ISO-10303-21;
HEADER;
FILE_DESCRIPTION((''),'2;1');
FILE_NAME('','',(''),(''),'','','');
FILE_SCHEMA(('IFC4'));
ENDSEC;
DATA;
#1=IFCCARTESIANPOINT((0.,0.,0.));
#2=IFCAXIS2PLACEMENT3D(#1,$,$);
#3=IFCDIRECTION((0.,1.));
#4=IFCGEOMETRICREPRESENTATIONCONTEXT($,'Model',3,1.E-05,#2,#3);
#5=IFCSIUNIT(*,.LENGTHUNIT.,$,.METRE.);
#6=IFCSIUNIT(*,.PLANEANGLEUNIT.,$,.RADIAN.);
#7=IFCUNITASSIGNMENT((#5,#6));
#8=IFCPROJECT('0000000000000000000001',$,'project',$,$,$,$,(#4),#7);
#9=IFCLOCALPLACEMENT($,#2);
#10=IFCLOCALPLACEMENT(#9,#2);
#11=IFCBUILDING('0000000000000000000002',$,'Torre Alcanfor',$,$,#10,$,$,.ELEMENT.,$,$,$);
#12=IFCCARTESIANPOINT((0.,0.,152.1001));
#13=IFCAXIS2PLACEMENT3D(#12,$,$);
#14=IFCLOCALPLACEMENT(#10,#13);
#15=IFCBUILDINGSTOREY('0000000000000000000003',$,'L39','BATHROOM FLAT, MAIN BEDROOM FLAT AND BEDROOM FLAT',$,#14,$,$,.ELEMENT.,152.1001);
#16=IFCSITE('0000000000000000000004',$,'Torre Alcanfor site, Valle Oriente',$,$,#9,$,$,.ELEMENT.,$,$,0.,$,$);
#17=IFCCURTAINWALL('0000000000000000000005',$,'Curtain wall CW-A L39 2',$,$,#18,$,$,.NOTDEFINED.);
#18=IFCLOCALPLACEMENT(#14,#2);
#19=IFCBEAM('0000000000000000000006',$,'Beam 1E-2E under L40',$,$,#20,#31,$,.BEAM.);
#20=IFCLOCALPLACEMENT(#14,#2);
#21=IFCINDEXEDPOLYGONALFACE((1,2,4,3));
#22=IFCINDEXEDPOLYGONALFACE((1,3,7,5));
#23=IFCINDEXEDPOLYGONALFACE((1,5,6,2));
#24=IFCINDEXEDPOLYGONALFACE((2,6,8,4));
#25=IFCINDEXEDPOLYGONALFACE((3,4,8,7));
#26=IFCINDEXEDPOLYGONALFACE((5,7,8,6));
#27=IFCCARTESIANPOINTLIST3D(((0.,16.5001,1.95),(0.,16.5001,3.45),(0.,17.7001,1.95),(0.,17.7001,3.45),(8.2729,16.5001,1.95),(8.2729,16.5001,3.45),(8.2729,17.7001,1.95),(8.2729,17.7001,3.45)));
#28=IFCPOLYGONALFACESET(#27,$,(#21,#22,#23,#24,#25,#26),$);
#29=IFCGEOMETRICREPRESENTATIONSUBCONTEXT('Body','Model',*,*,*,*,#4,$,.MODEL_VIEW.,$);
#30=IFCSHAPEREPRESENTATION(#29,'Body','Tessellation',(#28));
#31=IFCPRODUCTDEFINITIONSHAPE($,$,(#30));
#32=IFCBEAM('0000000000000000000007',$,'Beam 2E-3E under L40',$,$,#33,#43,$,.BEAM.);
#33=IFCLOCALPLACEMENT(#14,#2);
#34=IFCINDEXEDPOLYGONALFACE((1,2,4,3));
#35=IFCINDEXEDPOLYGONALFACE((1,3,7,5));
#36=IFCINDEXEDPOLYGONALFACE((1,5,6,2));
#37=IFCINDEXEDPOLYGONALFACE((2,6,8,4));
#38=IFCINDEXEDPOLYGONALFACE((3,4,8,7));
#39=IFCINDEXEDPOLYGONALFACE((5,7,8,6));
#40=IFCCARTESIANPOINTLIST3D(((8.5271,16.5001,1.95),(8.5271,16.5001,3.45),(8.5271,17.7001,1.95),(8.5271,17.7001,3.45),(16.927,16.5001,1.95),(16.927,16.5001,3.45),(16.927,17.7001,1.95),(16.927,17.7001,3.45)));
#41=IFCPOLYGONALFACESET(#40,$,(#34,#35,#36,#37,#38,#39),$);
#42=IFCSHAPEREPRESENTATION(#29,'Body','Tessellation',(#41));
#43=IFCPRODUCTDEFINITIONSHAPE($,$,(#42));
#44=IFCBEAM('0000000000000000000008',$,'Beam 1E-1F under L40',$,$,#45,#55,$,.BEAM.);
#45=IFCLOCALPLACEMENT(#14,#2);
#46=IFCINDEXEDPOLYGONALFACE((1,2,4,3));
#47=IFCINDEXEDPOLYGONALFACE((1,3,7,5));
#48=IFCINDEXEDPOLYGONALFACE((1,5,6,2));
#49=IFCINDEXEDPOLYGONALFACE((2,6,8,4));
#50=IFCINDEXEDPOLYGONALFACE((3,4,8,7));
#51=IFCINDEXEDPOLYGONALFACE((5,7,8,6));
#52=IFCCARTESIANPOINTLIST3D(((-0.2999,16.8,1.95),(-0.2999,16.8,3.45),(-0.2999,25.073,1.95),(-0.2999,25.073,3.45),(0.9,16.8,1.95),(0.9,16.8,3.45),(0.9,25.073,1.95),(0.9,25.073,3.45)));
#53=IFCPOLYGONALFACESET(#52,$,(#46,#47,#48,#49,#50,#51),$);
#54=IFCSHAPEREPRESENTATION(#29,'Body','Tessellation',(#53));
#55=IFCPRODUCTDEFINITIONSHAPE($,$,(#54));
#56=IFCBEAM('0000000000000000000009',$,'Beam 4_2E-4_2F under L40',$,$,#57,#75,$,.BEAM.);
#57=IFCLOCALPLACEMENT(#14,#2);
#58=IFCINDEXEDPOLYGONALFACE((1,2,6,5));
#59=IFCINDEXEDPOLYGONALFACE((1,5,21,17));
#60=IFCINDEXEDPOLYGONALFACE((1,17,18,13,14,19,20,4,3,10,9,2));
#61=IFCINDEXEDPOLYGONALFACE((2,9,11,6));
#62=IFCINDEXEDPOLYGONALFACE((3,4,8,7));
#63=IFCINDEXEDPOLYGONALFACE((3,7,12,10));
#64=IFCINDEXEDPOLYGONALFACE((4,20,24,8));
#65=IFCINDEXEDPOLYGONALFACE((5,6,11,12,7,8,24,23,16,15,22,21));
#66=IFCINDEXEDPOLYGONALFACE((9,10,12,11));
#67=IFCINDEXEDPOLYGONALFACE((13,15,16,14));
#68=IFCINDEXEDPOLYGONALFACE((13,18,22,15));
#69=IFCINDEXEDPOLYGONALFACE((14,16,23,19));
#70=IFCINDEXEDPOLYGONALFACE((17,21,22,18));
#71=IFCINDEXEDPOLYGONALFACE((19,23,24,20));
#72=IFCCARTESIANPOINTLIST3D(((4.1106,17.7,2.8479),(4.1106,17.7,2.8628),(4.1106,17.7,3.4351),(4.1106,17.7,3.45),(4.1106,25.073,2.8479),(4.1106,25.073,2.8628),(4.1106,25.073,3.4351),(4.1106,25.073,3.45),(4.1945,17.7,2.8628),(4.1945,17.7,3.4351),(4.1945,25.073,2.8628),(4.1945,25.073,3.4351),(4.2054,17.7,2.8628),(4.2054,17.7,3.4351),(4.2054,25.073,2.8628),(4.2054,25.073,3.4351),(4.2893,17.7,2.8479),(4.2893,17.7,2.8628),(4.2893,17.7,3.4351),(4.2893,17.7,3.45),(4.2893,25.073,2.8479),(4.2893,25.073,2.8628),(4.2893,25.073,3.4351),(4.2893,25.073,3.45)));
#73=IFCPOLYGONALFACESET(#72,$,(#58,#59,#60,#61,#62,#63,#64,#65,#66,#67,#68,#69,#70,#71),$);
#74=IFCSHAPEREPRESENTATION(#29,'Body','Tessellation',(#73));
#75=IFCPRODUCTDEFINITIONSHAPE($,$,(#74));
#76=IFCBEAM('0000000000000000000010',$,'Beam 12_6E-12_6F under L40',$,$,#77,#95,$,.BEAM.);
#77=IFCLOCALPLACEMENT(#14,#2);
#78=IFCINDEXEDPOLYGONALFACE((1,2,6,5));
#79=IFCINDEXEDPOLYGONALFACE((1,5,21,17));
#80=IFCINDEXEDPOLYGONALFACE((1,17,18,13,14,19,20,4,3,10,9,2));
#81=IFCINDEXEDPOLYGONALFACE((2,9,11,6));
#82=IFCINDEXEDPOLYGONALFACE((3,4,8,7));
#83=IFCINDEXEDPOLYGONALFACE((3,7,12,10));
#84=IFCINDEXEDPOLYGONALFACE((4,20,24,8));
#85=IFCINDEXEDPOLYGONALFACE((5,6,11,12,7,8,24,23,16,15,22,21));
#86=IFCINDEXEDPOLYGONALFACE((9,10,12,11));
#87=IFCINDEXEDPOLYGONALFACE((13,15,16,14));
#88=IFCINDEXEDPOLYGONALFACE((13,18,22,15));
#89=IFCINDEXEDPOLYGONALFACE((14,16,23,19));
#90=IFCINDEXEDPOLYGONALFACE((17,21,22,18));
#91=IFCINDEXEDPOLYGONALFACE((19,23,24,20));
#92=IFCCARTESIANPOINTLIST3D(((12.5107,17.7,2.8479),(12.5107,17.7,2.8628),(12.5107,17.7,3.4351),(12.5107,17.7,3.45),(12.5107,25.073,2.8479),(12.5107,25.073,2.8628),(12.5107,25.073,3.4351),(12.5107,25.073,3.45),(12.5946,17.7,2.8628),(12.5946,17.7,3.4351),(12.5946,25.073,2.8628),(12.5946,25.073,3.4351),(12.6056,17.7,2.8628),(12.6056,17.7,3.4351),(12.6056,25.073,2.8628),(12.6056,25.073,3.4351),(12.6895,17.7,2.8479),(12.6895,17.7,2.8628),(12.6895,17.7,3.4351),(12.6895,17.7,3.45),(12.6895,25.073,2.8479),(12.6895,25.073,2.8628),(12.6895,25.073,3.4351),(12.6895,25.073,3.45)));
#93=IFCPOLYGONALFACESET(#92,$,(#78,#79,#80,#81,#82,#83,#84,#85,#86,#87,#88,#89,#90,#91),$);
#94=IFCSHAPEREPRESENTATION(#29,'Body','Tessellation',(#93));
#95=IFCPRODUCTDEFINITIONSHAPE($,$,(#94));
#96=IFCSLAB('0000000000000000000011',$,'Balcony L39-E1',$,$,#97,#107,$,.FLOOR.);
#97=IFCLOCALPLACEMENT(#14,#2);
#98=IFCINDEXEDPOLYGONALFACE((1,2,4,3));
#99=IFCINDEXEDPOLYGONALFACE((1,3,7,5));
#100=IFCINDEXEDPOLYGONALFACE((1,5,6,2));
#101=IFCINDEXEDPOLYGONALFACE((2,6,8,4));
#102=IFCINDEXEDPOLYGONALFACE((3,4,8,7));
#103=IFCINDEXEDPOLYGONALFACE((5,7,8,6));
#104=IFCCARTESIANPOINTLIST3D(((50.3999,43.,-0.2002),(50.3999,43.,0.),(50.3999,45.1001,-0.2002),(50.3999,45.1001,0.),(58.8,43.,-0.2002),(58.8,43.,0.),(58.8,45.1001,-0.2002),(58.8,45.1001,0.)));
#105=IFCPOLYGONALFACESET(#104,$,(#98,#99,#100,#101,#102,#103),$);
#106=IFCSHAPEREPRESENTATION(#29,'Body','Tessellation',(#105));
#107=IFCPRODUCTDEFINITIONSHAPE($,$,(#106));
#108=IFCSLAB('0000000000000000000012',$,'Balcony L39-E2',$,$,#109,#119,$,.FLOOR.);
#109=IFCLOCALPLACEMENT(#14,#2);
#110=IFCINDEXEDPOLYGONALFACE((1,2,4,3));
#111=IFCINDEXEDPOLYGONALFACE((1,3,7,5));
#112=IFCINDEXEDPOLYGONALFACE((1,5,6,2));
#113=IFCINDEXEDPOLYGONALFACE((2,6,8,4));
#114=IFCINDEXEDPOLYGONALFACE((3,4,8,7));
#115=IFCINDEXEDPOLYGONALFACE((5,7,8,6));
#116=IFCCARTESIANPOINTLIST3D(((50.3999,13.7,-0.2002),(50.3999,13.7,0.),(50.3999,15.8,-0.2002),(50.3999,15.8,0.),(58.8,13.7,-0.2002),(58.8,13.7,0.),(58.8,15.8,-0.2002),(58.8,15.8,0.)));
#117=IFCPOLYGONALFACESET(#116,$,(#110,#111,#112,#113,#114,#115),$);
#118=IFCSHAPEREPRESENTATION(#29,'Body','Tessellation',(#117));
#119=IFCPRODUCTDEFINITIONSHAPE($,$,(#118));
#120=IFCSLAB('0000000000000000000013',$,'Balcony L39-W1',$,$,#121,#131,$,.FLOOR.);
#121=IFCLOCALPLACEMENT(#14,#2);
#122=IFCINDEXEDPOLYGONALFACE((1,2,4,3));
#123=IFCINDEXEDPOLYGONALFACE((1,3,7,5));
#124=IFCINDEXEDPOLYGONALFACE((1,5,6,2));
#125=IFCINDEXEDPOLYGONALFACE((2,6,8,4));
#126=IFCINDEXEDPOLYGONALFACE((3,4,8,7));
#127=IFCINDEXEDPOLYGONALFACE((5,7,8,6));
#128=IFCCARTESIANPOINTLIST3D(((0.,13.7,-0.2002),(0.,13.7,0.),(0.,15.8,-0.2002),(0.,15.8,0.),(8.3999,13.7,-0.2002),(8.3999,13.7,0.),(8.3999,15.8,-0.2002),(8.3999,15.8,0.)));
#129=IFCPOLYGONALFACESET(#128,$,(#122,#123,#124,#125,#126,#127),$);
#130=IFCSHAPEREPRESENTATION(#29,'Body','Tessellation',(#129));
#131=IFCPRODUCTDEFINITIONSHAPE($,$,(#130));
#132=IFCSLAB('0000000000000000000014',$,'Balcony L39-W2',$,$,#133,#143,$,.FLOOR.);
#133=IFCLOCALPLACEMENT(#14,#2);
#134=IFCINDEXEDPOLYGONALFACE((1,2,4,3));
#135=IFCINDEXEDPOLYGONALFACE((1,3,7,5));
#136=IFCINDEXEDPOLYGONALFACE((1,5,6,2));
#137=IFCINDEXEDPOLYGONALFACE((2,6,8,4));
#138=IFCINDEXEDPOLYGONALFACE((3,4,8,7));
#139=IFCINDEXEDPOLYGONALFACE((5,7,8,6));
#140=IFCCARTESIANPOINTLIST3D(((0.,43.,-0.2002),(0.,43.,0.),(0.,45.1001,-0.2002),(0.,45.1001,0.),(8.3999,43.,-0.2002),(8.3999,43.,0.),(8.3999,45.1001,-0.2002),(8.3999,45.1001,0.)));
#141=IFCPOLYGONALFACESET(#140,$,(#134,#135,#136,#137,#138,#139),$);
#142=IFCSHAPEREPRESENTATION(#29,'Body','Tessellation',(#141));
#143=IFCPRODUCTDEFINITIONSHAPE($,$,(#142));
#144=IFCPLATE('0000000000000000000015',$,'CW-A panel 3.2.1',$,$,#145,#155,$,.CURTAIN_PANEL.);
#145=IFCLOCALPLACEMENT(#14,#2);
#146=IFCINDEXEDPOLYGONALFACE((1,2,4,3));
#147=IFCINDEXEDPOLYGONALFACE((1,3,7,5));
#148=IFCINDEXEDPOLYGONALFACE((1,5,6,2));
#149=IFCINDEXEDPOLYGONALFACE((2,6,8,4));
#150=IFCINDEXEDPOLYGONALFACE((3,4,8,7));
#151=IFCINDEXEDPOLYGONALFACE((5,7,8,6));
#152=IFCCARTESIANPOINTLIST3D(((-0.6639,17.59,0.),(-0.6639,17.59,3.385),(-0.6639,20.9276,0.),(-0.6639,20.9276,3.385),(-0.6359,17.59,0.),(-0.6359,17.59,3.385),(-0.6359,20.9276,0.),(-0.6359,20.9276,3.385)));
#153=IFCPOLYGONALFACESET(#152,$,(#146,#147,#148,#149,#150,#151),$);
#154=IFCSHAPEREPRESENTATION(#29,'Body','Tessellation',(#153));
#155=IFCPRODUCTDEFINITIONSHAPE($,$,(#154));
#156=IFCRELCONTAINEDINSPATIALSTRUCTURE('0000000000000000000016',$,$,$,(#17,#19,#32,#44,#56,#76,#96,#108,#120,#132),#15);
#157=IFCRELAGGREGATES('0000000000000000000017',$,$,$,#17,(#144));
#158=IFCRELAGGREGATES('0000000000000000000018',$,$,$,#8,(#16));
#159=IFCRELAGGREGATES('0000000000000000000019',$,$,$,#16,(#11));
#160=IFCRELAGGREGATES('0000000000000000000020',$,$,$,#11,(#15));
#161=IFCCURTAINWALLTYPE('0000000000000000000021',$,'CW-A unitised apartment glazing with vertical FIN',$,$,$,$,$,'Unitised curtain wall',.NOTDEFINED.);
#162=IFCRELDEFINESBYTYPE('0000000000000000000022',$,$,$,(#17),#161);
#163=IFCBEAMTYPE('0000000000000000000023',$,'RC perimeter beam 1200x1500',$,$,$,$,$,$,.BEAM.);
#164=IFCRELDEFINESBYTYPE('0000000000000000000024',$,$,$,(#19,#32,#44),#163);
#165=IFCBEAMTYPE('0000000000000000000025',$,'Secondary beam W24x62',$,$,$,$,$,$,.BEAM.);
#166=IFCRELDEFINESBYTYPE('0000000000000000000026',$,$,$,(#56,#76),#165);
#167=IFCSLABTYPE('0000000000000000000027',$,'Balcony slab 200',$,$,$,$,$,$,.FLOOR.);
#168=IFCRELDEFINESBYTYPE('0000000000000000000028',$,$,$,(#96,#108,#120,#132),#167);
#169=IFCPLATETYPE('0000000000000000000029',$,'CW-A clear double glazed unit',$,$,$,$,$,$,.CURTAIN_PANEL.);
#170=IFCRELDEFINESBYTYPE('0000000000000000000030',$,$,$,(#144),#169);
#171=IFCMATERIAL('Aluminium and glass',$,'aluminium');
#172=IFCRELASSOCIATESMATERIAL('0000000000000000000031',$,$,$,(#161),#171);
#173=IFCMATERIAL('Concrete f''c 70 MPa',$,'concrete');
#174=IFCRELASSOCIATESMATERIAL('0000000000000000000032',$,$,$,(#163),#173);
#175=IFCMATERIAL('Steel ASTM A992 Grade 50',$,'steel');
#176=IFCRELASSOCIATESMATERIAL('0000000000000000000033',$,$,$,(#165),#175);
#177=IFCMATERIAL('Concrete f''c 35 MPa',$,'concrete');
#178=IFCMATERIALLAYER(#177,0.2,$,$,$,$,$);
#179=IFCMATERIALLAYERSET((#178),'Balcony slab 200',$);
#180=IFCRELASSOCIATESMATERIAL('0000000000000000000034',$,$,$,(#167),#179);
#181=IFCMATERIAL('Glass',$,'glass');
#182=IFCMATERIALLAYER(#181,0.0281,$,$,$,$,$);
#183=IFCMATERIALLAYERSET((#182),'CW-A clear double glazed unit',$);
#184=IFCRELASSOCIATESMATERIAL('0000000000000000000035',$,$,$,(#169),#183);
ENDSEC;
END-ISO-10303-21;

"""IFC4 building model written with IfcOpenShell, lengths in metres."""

from ifc_helpers import new_model, si_unit, direction, frame, origin, origin_2d, place, context, subcontext, project, spatial, polyline, rectangle, i_section, outline, extrude, material, layer, layer_set, material_profile, profile_set, type_object, element, aggregate, save


model = new_model("IFC4")

# Units and contexts
model_context = context("Model", 3, precision=1e-05, world=origin(), true_north=direction((0.0, 1.0)))
body_context = subcontext(model_context, "Body", "Model", "MODEL_VIEW")
ifc_project = project(units=[si_unit("LENGTHUNIT", "METRE"), si_unit("PLANEANGLEUNIT", "RADIAN")], contexts=[model_context])

# Site, building, storey
site_placement = place(None, origin())
site = spatial("IfcSite", under=ifc_project, at=site_placement, Name="Torre Alcanfor site, Valle Oriente", CompositionType="ELEMENT", RefElevation=0.0)
building_placement = place(site_placement, origin())
building = spatial("IfcBuilding", under=site, at=building_placement, Name="Torre Alcanfor", CompositionType="ELEMENT")
storey_placement = place(building_placement, frame((0.0, 0.0, 152.1001)))
storey = spatial("IfcBuildingStorey", under=building, at=storey_placement, Name="L39", Description="BATHROOM FLAT, MAIN BEDROOM FLAT AND BEDROOM FLAT", CompositionType="ELEMENT", Elevation=152.1001)

# Curtain wall
ifc_material_1 = material(Name="Aluminium and glass", Category="aluminium")
curtain_wall_type = type_object("IfcCurtainWallType", Name="CW-A unitised apartment glazing with vertical FIN", ElementType="Unitised curtain wall", PredefinedType="NOTDEFINED", material=ifc_material_1)
curtain_wall_placement = place(storey_placement, origin())
curtain_wall = element("IfcCurtainWall", 1, at=curtain_wall_placement, inside=storey, type_object=curtain_wall_type, Name="Curtain wall CW-A L39 2", PredefinedType="NOTDEFINED")

# Beams
ifc_material_2 = material(Name="Concrete f'c 70 MPa", Category="concrete")
ifc_material_profile_1 = material_profile(ifc_material_2, rectangle(XDim=1.2, YDim=1.5, at=origin_2d()), Name="1200x1500")
ifc_profile_set_1 = profile_set([ifc_material_profile_1], Name="Concrete f'c 70 MPa")
beam_type_1 = type_object("IfcBeamType", Name="RC perimeter beam 1200x1500", PredefinedType="BEAM", material=ifc_profile_set_1)
beam_1_placement = place(storey_placement, frame((0.0, 17.1001, 2.7), z_axis=(1.0, 0.0, 0.0), x_axis=(0.0, 1.0, 0.0)))
element("IfcBeam", 2, at=beam_1_placement, inside=storey, type_object=beam_type_1, Name="Beam 1E-2E under L40", PredefinedType="BEAM", context=body_context, shape_type="SweptSolid", body=[
    extrude(rectangle(XDim=1.2, YDim=1.5, at=origin_2d()), origin(), (0.0, 0.0, 1.0), 8.2729),
])
beam_2_placement = place(storey_placement, frame((8.5271, 17.1001, 2.7), z_axis=(1.0, 0.0, 0.0), x_axis=(0.0, 1.0, 0.0)))
element("IfcBeam", 3, at=beam_2_placement, inside=storey, type_object=beam_type_1, Name="Beam 2E-3E under L40", PredefinedType="BEAM", context=body_context, shape_type="SweptSolid", body=[
    extrude(rectangle(XDim=1.2, YDim=1.5, at=origin_2d()), origin(), (0.0, 0.0, 1.0), 8.3999),
])
beam_3_placement = place(storey_placement, frame((0.3, 16.8, 2.7), z_axis=(0.0, 1.0, 0.0), x_axis=(-1.0, 0.0, 0.0)))
element("IfcBeam", 4, at=beam_3_placement, inside=storey, type_object=beam_type_1, Name="Beam 1E-1F under L40", PredefinedType="BEAM", context=body_context, shape_type="SweptSolid", body=[
    extrude(rectangle(XDim=1.2, YDim=1.5, at=origin_2d()), origin(), (0.0, 0.0, 1.0), 8.2729),
])
ifc_material_3 = material(Name="Steel ASTM A992 Grade 50", Category="steel")
ifc_material_profile_2 = material_profile(ifc_material_3, i_section(OverallWidth=0.1787, OverallDepth=0.6021, WebThickness=0.011, FlangeThickness=0.0149, at=origin_2d()), Name="W24x62")
ifc_profile_set_2 = profile_set([ifc_material_profile_2], Name="Steel ASTM A992 Grade 50")
beam_type_2 = type_object("IfcBeamType", Name="Secondary beam W24x62", PredefinedType="BEAM", material=ifc_profile_set_2)
for number, where, z_axis, x_axis, name in (
    (5, (4.2, 17.7, 3.1489), (0.0, 1.0, 0.0), (-1.0, 0.0, 0.0), "Beam 4_2E-4_2F under L40"),
    (6, (12.6001, 17.7, 3.1489), (0.0, 1.0, 0.0), (-1.0, 0.0, 0.0), "Beam 12_6E-12_6F under L40"),
):
    element("IfcBeam", number, at=place(storey_placement, frame(where, z_axis=z_axis, x_axis=x_axis)), inside=storey, type_object=beam_type_2, Name=name, PredefinedType="BEAM", context=body_context, shape_type="SweptSolid", body=[
        extrude(i_section(OverallWidth=0.1787, OverallDepth=0.6021, WebThickness=0.011, FlangeThickness=0.0149, at=origin_2d()), origin(), (0.0, 0.0, 1.0), 7.373),
    ])

# Slabs
ifc_material_4 = material(Name="Concrete f'c 35 MPa", Category="concrete")
ifc_layer_1 = layer(ifc_material_4, 0.2)
ifc_layer_set_1 = layer_set([ifc_layer_1], Name="Balcony slab 200")
slab_type_1 = type_object("IfcSlabType", Name="Balcony slab 200", PredefinedType="FLOOR", material=ifc_layer_set_1)
slab_1_placement = place(storey_placement, frame((0.0, 0.0, -0.2002)))
element("IfcSlab", 7, at=slab_1_placement, inside=storey, type_object=slab_type_1, Name="Balcony L39-E1", PredefinedType="FLOOR", context=body_context, shape_type="SweptSolid", body=[
    extrude(outline(polyline([(50.3999, 43.0), (58.8, 43.0), (58.8, 45.1001), (50.3999, 45.1001), (50.3999, 43.0)])), origin(), (0.0, 0.0, 1.0), 0.2002),
])
slab_2_placement = place(storey_placement, frame((0.0, 0.0, -0.2002)))
element("IfcSlab", 8, at=slab_2_placement, inside=storey, type_object=slab_type_1, Name="Balcony L39-E2", PredefinedType="FLOOR", context=body_context, shape_type="SweptSolid", body=[
    extrude(outline(polyline([(50.3999, 13.7), (58.8, 13.7), (58.8, 15.8), (50.3999, 15.8), (50.3999, 13.7)])), origin(), (0.0, 0.0, 1.0), 0.2002),
])
slab_3_placement = place(storey_placement, frame((0.0, 0.0, -0.2002)))
element("IfcSlab", 9, at=slab_3_placement, inside=storey, type_object=slab_type_1, Name="Balcony L39-W1", PredefinedType="FLOOR", context=body_context, shape_type="SweptSolid", body=[
    extrude(outline(polyline([(8.3999, 15.8), (0.0, 15.8), (0.0, 13.7), (8.3999, 13.7), (8.3999, 15.8)])), origin(), (0.0, 0.0, 1.0), 0.2002),
])
slab_4_placement = place(storey_placement, frame((0.0, 0.0, -0.2002)))
element("IfcSlab", 10, at=slab_4_placement, inside=storey, type_object=slab_type_1, Name="Balcony L39-W2", PredefinedType="FLOOR", context=body_context, shape_type="SweptSolid", body=[
    extrude(outline(polyline([(8.3999, 45.1001), (0.0, 45.1001), (0.0, 43.0), (8.3999, 43.0), (8.3999, 45.1001)])), origin(), (0.0, 0.0, 1.0), 0.2002),
])

# Plate
ifc_material_5 = material(Name="Glass", Category="glass")
ifc_layer_2 = layer(ifc_material_5, 0.0281)
ifc_layer_set_2 = layer_set([ifc_layer_2], Name="CW-A clear double glazed unit")
plate_type = type_object("IfcPlateType", Name="CW-A clear double glazed unit", PredefinedType="CURTAIN_PANEL", material=ifc_layer_set_2)
plate_placement = place(storey_placement, frame((-0.6499, 19.2588, 0.0), z_axis=(0.0, 0.0, 1.0), x_axis=(0.0, -1.0, 0.0)))
plate = element("IfcPlate", 11, at=plate_placement, type_object=plate_type, Name="CW-A panel 3.2.1", PredefinedType="CURTAIN_PANEL", context=body_context, shape_type="SweptSolid", body=[
    extrude(rectangle(XDim=3.3376, YDim=0.0281, at=origin_2d()), origin(), (0.0, 0.0, 1.0), 3.385),
])
aggregate(curtain_wall, [plate])

save(model, "model.ifc")
